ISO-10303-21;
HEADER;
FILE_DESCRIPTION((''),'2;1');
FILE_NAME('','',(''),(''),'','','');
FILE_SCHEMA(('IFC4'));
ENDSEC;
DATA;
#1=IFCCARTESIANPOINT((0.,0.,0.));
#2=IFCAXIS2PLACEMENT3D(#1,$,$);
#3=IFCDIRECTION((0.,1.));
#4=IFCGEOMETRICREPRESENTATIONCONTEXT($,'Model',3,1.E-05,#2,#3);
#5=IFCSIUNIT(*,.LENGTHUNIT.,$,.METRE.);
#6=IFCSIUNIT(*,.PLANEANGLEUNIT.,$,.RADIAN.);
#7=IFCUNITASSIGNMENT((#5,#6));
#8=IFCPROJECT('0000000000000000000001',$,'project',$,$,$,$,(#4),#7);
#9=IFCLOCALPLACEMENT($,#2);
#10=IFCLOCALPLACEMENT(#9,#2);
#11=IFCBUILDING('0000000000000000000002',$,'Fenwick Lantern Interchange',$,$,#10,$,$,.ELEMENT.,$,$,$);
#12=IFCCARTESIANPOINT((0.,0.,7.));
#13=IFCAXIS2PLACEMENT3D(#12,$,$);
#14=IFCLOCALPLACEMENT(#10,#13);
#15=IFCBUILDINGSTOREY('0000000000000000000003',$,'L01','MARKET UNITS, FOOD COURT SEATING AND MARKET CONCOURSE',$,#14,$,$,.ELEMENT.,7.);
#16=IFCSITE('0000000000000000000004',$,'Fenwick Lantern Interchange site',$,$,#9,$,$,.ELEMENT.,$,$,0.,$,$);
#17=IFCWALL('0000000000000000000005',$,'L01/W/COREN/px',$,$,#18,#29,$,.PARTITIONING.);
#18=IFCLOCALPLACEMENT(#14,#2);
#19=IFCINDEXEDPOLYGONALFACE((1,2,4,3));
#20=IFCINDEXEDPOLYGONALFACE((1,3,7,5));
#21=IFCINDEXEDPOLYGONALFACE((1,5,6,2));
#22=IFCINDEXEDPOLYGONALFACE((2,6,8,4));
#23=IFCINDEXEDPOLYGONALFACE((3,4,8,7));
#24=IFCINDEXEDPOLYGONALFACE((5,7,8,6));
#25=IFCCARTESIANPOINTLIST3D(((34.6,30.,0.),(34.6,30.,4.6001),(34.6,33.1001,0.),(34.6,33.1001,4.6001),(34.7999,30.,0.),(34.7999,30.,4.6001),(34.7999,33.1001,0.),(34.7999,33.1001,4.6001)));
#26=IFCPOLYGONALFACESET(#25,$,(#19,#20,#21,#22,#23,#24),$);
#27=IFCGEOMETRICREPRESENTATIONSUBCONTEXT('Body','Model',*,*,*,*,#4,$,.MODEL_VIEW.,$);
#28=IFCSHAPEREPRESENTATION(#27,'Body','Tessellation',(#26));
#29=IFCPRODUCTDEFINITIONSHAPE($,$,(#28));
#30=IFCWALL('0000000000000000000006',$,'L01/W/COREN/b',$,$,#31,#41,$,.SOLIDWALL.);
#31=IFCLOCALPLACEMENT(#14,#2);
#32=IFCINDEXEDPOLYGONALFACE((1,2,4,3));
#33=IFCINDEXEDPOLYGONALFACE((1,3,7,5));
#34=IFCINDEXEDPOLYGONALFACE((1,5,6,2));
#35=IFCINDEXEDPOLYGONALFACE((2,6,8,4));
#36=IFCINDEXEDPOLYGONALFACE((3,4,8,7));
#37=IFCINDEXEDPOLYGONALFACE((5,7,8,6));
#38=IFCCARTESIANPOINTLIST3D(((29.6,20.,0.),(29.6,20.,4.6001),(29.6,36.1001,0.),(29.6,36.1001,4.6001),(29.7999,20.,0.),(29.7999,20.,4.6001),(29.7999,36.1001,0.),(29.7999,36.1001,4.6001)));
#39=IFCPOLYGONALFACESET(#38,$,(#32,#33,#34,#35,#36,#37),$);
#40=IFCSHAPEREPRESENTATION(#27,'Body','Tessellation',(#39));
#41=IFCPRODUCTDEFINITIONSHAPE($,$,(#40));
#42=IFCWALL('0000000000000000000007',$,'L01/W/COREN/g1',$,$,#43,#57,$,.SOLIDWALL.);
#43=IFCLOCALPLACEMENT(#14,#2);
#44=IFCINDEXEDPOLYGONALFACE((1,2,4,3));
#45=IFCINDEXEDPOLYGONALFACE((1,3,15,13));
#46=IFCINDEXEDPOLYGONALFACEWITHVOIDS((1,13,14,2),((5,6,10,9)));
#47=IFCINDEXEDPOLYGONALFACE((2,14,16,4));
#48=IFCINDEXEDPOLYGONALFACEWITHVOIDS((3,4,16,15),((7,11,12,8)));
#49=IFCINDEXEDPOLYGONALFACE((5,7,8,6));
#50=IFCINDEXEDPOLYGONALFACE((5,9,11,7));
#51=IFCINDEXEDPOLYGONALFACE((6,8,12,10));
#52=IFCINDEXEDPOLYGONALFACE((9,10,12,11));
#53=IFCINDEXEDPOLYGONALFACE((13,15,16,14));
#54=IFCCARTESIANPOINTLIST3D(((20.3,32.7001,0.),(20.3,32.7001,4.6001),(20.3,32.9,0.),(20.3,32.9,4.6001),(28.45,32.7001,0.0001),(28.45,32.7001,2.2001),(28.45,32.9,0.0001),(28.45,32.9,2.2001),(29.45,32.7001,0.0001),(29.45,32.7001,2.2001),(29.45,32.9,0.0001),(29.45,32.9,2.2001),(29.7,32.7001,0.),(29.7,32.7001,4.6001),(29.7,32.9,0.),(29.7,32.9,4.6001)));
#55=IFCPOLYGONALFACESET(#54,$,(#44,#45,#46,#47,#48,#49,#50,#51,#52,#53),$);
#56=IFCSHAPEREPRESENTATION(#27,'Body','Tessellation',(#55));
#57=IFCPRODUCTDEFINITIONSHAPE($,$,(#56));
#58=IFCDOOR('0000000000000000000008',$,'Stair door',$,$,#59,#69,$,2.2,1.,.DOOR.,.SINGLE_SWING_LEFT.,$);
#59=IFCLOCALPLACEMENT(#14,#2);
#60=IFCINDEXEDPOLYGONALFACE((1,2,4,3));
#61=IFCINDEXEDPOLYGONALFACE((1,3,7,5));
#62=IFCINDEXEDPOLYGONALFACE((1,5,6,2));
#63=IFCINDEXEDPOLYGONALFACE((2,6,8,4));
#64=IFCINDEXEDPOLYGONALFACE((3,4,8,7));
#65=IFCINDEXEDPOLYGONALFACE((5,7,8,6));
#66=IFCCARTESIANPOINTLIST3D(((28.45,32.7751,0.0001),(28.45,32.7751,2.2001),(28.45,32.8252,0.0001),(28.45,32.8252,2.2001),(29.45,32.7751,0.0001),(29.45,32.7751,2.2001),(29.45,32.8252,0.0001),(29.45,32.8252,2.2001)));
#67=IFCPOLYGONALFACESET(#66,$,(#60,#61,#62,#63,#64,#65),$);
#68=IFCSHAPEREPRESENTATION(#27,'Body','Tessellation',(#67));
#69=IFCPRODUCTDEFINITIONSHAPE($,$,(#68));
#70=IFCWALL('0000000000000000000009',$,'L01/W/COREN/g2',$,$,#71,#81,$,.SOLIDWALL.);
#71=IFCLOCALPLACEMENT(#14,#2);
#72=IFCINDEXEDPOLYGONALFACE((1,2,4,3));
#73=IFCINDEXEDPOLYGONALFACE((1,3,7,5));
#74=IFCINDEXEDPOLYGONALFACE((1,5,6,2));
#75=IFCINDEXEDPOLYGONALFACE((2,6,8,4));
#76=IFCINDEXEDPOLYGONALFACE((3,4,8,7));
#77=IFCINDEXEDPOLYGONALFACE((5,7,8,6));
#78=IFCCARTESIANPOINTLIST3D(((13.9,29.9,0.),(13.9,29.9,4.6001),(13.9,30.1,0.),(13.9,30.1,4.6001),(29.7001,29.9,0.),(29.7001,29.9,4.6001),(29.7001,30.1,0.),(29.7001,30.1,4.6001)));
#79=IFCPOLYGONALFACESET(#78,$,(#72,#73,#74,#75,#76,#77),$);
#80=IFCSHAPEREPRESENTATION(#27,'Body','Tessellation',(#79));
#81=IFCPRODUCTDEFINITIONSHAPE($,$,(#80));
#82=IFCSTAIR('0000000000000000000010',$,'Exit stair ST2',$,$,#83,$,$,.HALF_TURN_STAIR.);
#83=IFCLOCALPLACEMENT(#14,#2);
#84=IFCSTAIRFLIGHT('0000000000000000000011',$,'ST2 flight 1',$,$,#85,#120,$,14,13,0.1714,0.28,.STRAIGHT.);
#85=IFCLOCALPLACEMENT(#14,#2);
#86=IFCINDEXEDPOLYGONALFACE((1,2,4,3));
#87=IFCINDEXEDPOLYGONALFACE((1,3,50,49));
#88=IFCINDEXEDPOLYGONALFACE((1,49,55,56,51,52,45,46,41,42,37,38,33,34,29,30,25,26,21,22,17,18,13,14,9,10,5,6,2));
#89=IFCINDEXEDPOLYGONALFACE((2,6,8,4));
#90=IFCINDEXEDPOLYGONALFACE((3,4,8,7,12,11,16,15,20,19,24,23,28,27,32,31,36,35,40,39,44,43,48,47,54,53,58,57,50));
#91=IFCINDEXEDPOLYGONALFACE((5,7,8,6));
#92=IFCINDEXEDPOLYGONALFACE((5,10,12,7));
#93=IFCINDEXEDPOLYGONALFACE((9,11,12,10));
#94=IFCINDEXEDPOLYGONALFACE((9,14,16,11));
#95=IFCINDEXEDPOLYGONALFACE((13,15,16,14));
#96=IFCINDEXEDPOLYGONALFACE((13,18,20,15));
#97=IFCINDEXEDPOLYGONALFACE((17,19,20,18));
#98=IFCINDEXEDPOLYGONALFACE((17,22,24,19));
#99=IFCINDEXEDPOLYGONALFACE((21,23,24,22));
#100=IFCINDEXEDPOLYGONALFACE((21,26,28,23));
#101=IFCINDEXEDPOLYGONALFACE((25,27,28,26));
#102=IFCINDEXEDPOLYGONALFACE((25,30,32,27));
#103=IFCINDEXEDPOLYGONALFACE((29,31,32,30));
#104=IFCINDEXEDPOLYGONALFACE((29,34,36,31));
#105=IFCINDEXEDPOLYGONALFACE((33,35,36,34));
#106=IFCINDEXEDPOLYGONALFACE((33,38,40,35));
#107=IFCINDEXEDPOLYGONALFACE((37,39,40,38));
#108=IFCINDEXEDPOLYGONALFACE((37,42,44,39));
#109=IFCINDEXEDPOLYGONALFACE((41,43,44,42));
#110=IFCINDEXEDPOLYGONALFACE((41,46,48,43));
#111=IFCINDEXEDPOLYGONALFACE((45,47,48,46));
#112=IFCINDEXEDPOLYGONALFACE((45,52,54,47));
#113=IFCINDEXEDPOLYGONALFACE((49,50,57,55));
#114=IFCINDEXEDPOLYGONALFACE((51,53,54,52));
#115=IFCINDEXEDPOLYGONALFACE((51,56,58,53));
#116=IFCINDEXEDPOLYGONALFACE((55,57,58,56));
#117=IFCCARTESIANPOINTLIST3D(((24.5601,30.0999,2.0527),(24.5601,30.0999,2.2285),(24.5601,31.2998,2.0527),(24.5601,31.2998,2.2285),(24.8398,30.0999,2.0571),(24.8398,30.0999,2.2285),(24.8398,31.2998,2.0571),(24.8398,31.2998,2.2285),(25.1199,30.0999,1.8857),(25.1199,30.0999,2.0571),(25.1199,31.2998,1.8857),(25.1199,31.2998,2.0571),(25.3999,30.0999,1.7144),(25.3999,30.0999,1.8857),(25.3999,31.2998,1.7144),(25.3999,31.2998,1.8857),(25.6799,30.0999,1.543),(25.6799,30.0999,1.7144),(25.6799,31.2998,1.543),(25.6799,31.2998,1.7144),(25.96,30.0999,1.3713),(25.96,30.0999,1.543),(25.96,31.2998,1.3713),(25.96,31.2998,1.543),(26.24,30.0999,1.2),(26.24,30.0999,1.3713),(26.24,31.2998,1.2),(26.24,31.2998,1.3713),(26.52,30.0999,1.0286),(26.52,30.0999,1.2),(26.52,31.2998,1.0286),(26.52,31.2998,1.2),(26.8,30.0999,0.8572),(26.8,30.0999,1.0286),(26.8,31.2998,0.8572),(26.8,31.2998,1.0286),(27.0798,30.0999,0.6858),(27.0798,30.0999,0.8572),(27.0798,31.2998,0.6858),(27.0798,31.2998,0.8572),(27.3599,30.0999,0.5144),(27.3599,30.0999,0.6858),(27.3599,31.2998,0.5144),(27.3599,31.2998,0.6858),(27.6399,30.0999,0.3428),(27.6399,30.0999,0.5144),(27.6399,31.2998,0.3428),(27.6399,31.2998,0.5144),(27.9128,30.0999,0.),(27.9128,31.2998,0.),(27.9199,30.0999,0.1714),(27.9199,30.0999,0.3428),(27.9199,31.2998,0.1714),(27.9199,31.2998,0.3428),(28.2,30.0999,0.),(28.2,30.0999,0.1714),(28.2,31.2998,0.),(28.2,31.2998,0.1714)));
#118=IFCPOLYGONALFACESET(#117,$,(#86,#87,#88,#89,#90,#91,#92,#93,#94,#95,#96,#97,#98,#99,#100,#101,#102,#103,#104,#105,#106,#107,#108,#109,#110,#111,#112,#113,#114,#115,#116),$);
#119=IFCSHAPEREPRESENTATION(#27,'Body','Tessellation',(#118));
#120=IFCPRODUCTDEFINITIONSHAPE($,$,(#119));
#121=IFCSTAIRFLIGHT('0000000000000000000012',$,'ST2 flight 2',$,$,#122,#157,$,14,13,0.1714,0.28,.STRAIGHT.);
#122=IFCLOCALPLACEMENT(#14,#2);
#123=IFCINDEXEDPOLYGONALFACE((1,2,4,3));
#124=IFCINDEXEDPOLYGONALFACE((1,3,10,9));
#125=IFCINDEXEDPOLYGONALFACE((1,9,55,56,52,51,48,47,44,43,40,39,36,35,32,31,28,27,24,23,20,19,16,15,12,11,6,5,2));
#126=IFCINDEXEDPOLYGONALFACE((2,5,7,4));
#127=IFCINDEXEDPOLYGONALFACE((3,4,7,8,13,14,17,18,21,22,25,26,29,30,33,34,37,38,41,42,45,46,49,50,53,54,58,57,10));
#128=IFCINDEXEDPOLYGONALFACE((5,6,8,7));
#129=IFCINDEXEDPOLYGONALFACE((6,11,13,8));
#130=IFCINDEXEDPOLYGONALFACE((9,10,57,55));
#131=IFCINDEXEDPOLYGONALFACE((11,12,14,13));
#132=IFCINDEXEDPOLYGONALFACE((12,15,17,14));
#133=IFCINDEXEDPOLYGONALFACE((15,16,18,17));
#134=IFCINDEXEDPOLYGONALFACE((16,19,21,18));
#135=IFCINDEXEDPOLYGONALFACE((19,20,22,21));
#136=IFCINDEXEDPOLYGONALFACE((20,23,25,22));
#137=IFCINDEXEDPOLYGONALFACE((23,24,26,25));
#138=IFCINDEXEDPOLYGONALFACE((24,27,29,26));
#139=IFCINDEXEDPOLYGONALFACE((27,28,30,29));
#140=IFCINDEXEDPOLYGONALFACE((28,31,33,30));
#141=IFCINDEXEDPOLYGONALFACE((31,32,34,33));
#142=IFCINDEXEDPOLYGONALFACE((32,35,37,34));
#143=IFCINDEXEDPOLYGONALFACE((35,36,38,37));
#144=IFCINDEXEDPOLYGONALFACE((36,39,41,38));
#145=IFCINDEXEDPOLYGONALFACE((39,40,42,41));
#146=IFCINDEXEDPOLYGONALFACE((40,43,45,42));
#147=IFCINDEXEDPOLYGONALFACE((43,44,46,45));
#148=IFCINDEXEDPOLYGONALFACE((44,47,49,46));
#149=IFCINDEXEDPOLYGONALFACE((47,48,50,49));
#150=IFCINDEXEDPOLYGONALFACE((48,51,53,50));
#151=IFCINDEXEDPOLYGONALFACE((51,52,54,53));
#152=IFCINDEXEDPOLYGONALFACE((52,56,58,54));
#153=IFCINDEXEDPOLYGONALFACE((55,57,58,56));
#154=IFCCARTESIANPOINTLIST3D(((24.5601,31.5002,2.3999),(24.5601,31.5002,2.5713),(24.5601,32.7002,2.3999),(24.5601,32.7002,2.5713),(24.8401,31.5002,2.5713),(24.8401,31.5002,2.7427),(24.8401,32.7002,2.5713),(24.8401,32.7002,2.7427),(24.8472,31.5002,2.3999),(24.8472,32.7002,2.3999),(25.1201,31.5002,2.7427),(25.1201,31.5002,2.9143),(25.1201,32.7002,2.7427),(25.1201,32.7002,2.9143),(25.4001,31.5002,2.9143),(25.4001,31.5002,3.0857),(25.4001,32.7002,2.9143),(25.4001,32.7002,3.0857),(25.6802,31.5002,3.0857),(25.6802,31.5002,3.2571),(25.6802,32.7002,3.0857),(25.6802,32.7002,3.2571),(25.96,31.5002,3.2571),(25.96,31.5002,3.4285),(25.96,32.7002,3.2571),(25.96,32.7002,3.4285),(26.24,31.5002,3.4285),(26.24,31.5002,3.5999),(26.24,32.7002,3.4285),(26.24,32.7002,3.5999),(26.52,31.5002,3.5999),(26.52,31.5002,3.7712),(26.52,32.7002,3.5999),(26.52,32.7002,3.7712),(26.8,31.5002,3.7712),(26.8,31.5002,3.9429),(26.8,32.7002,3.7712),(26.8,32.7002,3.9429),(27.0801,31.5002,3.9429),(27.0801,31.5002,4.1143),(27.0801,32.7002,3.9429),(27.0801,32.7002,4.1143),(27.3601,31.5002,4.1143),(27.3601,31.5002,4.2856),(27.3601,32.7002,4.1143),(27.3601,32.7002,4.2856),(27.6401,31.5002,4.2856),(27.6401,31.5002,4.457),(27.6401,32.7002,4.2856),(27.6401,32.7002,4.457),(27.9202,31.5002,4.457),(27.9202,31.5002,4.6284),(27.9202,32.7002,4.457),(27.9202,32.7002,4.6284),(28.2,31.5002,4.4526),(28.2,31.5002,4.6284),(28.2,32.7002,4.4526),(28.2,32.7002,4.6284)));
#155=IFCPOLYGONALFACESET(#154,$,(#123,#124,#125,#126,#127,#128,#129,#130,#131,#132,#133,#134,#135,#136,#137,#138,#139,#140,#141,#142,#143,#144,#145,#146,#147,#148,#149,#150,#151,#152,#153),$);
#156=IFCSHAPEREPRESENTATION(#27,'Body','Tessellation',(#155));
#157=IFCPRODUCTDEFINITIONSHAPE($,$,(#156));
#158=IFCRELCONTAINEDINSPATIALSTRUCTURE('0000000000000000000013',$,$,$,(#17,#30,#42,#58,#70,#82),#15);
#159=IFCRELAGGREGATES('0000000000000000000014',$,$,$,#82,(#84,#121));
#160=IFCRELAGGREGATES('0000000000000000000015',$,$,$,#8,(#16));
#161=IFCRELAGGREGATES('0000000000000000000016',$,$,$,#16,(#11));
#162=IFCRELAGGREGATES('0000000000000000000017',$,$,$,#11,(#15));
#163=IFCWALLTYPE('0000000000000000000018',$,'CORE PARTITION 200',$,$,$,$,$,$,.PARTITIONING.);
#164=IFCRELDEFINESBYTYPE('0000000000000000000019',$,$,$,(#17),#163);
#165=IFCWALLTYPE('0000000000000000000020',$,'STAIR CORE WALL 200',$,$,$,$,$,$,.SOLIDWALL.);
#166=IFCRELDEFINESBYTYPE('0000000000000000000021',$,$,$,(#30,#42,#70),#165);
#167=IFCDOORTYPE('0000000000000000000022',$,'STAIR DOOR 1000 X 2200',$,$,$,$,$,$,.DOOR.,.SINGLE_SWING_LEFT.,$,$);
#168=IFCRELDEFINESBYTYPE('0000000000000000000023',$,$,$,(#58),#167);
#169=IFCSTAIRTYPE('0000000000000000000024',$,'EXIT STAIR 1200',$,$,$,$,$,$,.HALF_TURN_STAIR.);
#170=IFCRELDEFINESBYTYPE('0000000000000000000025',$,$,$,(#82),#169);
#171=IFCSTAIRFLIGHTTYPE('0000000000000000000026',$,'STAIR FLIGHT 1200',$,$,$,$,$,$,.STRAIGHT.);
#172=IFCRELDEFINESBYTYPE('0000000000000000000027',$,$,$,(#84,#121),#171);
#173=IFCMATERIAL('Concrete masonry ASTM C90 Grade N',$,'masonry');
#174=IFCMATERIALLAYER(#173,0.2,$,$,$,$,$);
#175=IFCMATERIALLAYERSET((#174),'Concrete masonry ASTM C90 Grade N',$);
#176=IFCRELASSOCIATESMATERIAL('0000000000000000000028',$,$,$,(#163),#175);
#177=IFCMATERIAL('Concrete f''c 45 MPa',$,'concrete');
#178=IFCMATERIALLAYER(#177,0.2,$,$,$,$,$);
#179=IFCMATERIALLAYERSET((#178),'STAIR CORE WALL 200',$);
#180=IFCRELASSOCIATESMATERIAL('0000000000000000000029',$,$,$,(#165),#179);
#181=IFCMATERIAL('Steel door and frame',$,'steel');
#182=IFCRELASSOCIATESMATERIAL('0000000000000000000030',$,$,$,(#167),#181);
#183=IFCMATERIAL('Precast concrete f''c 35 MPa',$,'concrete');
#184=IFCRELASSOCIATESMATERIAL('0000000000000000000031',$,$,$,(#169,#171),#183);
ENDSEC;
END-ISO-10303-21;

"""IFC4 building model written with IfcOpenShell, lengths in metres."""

from ifc_helpers import new_model, si_unit, direction, frame, frame_2d, origin, place, context, subcontext, project, spatial, polyline, rectangle, outline, extrude, material, layer, layer_set, type_object, element, fill, aggregate, save


model = new_model("IFC4")

# Units and contexts
model_context = context("Model", 3, precision=1e-05, world=origin(), true_north=direction((0.0, 1.0)))
body_context = subcontext(model_context, "Body", "Model", "MODEL_VIEW")
ifc_project = project(units=[si_unit("LENGTHUNIT", "METRE"), si_unit("PLANEANGLEUNIT", "RADIAN")], contexts=[model_context])

# Site, building, storey
site_placement = place(None, origin())
site = spatial("IfcSite", under=ifc_project, at=site_placement, Name="Fenwick Lantern Interchange site", CompositionType="ELEMENT", RefElevation=0.0)
building_placement = place(site_placement, origin())
building = spatial("IfcBuilding", under=site, at=building_placement, Name="Fenwick Lantern Interchange", CompositionType="ELEMENT")
storey_placement = place(building_placement, frame((0.0, 0.0, 7.0)))
storey = spatial("IfcBuildingStorey", under=building, at=storey_placement, Name="L01", Description="MARKET UNITS, FOOD COURT SEATING AND MARKET CONCOURSE", CompositionType="ELEMENT", Elevation=7.0)

# Shared definitions
ifc_material_1 = material(Name="Concrete masonry ASTM C90 Grade N", Category="masonry")
ifc_layer_1 = layer(ifc_material_1, 0.2)
ifc_layer_set_1 = layer_set([ifc_layer_1], Name="Concrete masonry ASTM C90 Grade N")
wall_type_1 = type_object("IfcWallType", Name="CORE PARTITION 200", PredefinedType="PARTITIONING", material=ifc_layer_set_1)
ifc_material_2 = material(Name="Steel door and frame", Category="steel")

# Wall
wall_1_placement = place(storey_placement, frame((34.7, 33.1001, 0.0), z_axis=(0.0, 0.0, 1.0), x_axis=(0.0, -1.0, 0.0)))
element("IfcWall", 1, at=wall_1_placement, inside=storey, type_object=wall_type_1, Name="L01/W/COREN/px", PredefinedType="PARTITIONING", context=body_context, shape_type="SweptSolid", body=[
    extrude(rectangle(XDim=3.1001, YDim=0.2, at=frame_2d((1.55, 0.0))), origin(), (0.0, 0.0, 1.0), 4.6001),
])

# Wall
ifc_material_3 = material(Name="Concrete f'c 45 MPa", Category="concrete")
ifc_layer_2 = layer(ifc_material_3, 0.2)
ifc_layer_set_2 = layer_set([ifc_layer_2], Name="STAIR CORE WALL 200")
wall_type_2 = type_object("IfcWallType", Name="STAIR CORE WALL 200", PredefinedType="SOLIDWALL", material=ifc_layer_set_2)
wall_2_placement = place(storey_placement, frame((29.7, 36.1001, 0.0), z_axis=(0.0, 0.0, 1.0), x_axis=(0.0, -1.0, 0.0)))
element("IfcWall", 2, at=wall_2_placement, inside=storey, type_object=wall_type_2, Name="L01/W/COREN/b", PredefinedType="SOLIDWALL", context=body_context, shape_type="SweptSolid", body=[
    extrude(rectangle(XDim=16.1001, YDim=0.2, at=frame_2d((8.05, 0.0))), origin(), (0.0, 0.0, 1.0), 4.6001),
])

# Wall, opening, door
wall_3_placement = place(storey_placement, frame((29.7, 32.8, 0.0), z_axis=(0.0, 0.0, 1.0), x_axis=(-1.0, 0.0, 0.0)))
wall_3 = element("IfcWall", 3, at=wall_3_placement, inside=storey, type_object=wall_type_2, Name="L01/W/COREN/g1", PredefinedType="SOLIDWALL", context=body_context, shape_type="SweptSolid", body=[
    extrude(rectangle(XDim=9.3999, YDim=0.2, at=frame_2d((4.7, 0.0))), origin(), (0.0, 0.0, 1.0), 4.6001),
])
opening_1_placement = place(wall_3_placement, frame((0.25, 0.0, 0.0)))
opening_1 = element("IfcOpeningElement", 4, at=opening_1_placement, cuts=wall_3, PredefinedType="OPENING", context=body_context, shape_type="SweptSolid", body=[
    extrude(rectangle(XDim=1.0, YDim=2.2, at=frame_2d((0.5, 1.1001))), frame((0.0, 0.1099, 0.0), z_axis=(0.0, -1.0, 0.0), x_axis=(1.0, 0.0, 0.0)), (0.0, 0.0, 1.0), 0.22),
])
door_type_1 = type_object("IfcDoorType", Name="STAIR DOOR 1000 X 2200", OperationType="SINGLE_SWING_LEFT", PredefinedType="DOOR", material=ifc_material_2)
door_1_placement = place(opening_1_placement, origin())
door_1 = element("IfcDoor", 5, at=door_1_placement, inside=storey, type_object=door_type_1, Name="Stair door", OperationType="SINGLE_SWING_LEFT", OverallHeight=2.2, OverallWidth=1.0, PredefinedType="DOOR", context=body_context, shape_type="SweptSolid", body=[
    extrude(rectangle(XDim=1.0, YDim=2.2, at=frame_2d((0.5, 1.1001))), frame((0.0, 0.0249, 0.0), z_axis=(0.0, -1.0, 0.0), x_axis=(1.0, 0.0, 0.0)), (0.0, 0.0, 1.0), 0.05),
])
fill(opening_1, door_1)

# Wall
wall_4_placement = place(storey_placement, frame((29.7, 30.0, 0.0), z_axis=(0.0, 0.0, 1.0), x_axis=(-1.0, 0.0, 0.0)))
element("IfcWall", 6, at=wall_4_placement, inside=storey, type_object=wall_type_2, Name="L01/W/COREN/g2", PredefinedType="SOLIDWALL", context=body_context, shape_type="SweptSolid", body=[
    extrude(rectangle(XDim=15.8, YDim=0.2, at=frame_2d((7.8999, 0.0))), origin(), (0.0, 0.0, 1.0), 4.6001),
])

# Stair, stair flights
ifc_material_4 = material(Name="Precast concrete f'c 35 MPa", Category="concrete")
stair_type = type_object("IfcStairType", Name="EXIT STAIR 1200", PredefinedType="HALF_TURN_STAIR", material=ifc_material_4)
stair_placement = place(storey_placement, origin())
stair = element("IfcStair", 7, at=stair_placement, inside=storey, type_object=stair_type, Name="Exit stair ST2", PredefinedType="HALF_TURN_STAIR")
stair_flight_type = type_object("IfcStairFlightType", Name="STAIR FLIGHT 1200", PredefinedType="STRAIGHT", material=ifc_material_4)
stair_flight_1_placement = place(storey_placement, frame((28.2, 30.7, 0.0), z_axis=(0.0, 0.0, 1.0), x_axis=(-1.0, 0.0, 0.0)))
stair_flight_1 = element("IfcStairFlight", 8, at=stair_flight_1_placement, type_object=stair_flight_type, Name="ST2 flight 1", NumberOfRisers=14, NumberOfTreads=13, PredefinedType="STRAIGHT", RiserHeight=0.1714, TreadLength=0.28, context=body_context, shape_type="SweptSolid", body=[
    extrude(outline(polyline([(0.0, 0.0), (0.0, 0.1714), (0.28, 0.1714), (0.28, 0.3428), (0.5601, 0.3428), (0.5601, 0.5144), (0.8401, 0.5144), (0.8401, 0.6858), (1.1201, 0.6858), (1.1201, 0.8572), (1.3999, 0.8572), (1.3999, 1.0286), (1.6799, 1.0286), (1.6799, 1.2), (1.96, 1.2), (1.96, 1.3713), (2.24, 1.3713), (2.24, 1.543), (2.52, 1.543), (2.52, 1.7144), (2.8, 1.7144), (2.8, 1.8857), (3.0801, 1.8857), (3.0801, 2.0571), (3.3601, 2.0571), (3.3601, 2.2285), (3.6399, 2.2285), (3.6399, 2.3999), (3.6399, 2.0527), (0.2871, 0.0), (0.0, 0.0)])), frame((0.0, 0.6001, 0.0), z_axis=(0.0, -1.0, 0.0), x_axis=(1.0, 0.0, 0.0)), (0.0, 0.0, 1.0), 1.2),
])
stair_flight_2_placement = place(storey_placement, frame((24.5601, 32.1001, 2.3999), z_axis=(0.0, 0.0, 1.0), x_axis=(1.0, 0.0, 0.0)))
stair_flight_2 = element("IfcStairFlight", 9, at=stair_flight_2_placement, type_object=stair_flight_type, Name="ST2 flight 2", NumberOfRisers=14, NumberOfTreads=13, PredefinedType="STRAIGHT", RiserHeight=0.1714, TreadLength=0.28, context=body_context, shape_type="SweptSolid", body=[
    extrude(outline(polyline([(0.0, 0.0), (0.0, 0.1714), (0.28, 0.1714), (0.28, 0.3428), (0.5601, 0.3428), (0.5601, 0.5144), (0.8401, 0.5144), (0.8401, 0.6858), (1.1201, 0.6858), (1.1201, 0.8572), (1.3999, 0.8572), (1.3999, 1.0286), (1.6799, 1.0286), (1.6799, 1.2), (1.96, 1.2), (1.96, 1.3713), (2.24, 1.3713), (2.24, 1.543), (2.52, 1.543), (2.52, 1.7144), (2.8, 1.7144), (2.8, 1.8857), (3.0801, 1.8857), (3.0801, 2.0571), (3.3601, 2.0571), (3.3601, 2.2285), (3.6399, 2.2285), (3.6399, 2.3999), (3.6399, 2.0527), (0.2871, 0.0), (0.0, 0.0)])), frame((0.0, 0.6001, 0.0), z_axis=(0.0, -1.0, 0.0), x_axis=(1.0, 0.0, 0.0)), (0.0, 0.0, 1.0), 1.2),
])
aggregate(stair, [stair_flight_1, stair_flight_2])

save(model, "model.ifc")
